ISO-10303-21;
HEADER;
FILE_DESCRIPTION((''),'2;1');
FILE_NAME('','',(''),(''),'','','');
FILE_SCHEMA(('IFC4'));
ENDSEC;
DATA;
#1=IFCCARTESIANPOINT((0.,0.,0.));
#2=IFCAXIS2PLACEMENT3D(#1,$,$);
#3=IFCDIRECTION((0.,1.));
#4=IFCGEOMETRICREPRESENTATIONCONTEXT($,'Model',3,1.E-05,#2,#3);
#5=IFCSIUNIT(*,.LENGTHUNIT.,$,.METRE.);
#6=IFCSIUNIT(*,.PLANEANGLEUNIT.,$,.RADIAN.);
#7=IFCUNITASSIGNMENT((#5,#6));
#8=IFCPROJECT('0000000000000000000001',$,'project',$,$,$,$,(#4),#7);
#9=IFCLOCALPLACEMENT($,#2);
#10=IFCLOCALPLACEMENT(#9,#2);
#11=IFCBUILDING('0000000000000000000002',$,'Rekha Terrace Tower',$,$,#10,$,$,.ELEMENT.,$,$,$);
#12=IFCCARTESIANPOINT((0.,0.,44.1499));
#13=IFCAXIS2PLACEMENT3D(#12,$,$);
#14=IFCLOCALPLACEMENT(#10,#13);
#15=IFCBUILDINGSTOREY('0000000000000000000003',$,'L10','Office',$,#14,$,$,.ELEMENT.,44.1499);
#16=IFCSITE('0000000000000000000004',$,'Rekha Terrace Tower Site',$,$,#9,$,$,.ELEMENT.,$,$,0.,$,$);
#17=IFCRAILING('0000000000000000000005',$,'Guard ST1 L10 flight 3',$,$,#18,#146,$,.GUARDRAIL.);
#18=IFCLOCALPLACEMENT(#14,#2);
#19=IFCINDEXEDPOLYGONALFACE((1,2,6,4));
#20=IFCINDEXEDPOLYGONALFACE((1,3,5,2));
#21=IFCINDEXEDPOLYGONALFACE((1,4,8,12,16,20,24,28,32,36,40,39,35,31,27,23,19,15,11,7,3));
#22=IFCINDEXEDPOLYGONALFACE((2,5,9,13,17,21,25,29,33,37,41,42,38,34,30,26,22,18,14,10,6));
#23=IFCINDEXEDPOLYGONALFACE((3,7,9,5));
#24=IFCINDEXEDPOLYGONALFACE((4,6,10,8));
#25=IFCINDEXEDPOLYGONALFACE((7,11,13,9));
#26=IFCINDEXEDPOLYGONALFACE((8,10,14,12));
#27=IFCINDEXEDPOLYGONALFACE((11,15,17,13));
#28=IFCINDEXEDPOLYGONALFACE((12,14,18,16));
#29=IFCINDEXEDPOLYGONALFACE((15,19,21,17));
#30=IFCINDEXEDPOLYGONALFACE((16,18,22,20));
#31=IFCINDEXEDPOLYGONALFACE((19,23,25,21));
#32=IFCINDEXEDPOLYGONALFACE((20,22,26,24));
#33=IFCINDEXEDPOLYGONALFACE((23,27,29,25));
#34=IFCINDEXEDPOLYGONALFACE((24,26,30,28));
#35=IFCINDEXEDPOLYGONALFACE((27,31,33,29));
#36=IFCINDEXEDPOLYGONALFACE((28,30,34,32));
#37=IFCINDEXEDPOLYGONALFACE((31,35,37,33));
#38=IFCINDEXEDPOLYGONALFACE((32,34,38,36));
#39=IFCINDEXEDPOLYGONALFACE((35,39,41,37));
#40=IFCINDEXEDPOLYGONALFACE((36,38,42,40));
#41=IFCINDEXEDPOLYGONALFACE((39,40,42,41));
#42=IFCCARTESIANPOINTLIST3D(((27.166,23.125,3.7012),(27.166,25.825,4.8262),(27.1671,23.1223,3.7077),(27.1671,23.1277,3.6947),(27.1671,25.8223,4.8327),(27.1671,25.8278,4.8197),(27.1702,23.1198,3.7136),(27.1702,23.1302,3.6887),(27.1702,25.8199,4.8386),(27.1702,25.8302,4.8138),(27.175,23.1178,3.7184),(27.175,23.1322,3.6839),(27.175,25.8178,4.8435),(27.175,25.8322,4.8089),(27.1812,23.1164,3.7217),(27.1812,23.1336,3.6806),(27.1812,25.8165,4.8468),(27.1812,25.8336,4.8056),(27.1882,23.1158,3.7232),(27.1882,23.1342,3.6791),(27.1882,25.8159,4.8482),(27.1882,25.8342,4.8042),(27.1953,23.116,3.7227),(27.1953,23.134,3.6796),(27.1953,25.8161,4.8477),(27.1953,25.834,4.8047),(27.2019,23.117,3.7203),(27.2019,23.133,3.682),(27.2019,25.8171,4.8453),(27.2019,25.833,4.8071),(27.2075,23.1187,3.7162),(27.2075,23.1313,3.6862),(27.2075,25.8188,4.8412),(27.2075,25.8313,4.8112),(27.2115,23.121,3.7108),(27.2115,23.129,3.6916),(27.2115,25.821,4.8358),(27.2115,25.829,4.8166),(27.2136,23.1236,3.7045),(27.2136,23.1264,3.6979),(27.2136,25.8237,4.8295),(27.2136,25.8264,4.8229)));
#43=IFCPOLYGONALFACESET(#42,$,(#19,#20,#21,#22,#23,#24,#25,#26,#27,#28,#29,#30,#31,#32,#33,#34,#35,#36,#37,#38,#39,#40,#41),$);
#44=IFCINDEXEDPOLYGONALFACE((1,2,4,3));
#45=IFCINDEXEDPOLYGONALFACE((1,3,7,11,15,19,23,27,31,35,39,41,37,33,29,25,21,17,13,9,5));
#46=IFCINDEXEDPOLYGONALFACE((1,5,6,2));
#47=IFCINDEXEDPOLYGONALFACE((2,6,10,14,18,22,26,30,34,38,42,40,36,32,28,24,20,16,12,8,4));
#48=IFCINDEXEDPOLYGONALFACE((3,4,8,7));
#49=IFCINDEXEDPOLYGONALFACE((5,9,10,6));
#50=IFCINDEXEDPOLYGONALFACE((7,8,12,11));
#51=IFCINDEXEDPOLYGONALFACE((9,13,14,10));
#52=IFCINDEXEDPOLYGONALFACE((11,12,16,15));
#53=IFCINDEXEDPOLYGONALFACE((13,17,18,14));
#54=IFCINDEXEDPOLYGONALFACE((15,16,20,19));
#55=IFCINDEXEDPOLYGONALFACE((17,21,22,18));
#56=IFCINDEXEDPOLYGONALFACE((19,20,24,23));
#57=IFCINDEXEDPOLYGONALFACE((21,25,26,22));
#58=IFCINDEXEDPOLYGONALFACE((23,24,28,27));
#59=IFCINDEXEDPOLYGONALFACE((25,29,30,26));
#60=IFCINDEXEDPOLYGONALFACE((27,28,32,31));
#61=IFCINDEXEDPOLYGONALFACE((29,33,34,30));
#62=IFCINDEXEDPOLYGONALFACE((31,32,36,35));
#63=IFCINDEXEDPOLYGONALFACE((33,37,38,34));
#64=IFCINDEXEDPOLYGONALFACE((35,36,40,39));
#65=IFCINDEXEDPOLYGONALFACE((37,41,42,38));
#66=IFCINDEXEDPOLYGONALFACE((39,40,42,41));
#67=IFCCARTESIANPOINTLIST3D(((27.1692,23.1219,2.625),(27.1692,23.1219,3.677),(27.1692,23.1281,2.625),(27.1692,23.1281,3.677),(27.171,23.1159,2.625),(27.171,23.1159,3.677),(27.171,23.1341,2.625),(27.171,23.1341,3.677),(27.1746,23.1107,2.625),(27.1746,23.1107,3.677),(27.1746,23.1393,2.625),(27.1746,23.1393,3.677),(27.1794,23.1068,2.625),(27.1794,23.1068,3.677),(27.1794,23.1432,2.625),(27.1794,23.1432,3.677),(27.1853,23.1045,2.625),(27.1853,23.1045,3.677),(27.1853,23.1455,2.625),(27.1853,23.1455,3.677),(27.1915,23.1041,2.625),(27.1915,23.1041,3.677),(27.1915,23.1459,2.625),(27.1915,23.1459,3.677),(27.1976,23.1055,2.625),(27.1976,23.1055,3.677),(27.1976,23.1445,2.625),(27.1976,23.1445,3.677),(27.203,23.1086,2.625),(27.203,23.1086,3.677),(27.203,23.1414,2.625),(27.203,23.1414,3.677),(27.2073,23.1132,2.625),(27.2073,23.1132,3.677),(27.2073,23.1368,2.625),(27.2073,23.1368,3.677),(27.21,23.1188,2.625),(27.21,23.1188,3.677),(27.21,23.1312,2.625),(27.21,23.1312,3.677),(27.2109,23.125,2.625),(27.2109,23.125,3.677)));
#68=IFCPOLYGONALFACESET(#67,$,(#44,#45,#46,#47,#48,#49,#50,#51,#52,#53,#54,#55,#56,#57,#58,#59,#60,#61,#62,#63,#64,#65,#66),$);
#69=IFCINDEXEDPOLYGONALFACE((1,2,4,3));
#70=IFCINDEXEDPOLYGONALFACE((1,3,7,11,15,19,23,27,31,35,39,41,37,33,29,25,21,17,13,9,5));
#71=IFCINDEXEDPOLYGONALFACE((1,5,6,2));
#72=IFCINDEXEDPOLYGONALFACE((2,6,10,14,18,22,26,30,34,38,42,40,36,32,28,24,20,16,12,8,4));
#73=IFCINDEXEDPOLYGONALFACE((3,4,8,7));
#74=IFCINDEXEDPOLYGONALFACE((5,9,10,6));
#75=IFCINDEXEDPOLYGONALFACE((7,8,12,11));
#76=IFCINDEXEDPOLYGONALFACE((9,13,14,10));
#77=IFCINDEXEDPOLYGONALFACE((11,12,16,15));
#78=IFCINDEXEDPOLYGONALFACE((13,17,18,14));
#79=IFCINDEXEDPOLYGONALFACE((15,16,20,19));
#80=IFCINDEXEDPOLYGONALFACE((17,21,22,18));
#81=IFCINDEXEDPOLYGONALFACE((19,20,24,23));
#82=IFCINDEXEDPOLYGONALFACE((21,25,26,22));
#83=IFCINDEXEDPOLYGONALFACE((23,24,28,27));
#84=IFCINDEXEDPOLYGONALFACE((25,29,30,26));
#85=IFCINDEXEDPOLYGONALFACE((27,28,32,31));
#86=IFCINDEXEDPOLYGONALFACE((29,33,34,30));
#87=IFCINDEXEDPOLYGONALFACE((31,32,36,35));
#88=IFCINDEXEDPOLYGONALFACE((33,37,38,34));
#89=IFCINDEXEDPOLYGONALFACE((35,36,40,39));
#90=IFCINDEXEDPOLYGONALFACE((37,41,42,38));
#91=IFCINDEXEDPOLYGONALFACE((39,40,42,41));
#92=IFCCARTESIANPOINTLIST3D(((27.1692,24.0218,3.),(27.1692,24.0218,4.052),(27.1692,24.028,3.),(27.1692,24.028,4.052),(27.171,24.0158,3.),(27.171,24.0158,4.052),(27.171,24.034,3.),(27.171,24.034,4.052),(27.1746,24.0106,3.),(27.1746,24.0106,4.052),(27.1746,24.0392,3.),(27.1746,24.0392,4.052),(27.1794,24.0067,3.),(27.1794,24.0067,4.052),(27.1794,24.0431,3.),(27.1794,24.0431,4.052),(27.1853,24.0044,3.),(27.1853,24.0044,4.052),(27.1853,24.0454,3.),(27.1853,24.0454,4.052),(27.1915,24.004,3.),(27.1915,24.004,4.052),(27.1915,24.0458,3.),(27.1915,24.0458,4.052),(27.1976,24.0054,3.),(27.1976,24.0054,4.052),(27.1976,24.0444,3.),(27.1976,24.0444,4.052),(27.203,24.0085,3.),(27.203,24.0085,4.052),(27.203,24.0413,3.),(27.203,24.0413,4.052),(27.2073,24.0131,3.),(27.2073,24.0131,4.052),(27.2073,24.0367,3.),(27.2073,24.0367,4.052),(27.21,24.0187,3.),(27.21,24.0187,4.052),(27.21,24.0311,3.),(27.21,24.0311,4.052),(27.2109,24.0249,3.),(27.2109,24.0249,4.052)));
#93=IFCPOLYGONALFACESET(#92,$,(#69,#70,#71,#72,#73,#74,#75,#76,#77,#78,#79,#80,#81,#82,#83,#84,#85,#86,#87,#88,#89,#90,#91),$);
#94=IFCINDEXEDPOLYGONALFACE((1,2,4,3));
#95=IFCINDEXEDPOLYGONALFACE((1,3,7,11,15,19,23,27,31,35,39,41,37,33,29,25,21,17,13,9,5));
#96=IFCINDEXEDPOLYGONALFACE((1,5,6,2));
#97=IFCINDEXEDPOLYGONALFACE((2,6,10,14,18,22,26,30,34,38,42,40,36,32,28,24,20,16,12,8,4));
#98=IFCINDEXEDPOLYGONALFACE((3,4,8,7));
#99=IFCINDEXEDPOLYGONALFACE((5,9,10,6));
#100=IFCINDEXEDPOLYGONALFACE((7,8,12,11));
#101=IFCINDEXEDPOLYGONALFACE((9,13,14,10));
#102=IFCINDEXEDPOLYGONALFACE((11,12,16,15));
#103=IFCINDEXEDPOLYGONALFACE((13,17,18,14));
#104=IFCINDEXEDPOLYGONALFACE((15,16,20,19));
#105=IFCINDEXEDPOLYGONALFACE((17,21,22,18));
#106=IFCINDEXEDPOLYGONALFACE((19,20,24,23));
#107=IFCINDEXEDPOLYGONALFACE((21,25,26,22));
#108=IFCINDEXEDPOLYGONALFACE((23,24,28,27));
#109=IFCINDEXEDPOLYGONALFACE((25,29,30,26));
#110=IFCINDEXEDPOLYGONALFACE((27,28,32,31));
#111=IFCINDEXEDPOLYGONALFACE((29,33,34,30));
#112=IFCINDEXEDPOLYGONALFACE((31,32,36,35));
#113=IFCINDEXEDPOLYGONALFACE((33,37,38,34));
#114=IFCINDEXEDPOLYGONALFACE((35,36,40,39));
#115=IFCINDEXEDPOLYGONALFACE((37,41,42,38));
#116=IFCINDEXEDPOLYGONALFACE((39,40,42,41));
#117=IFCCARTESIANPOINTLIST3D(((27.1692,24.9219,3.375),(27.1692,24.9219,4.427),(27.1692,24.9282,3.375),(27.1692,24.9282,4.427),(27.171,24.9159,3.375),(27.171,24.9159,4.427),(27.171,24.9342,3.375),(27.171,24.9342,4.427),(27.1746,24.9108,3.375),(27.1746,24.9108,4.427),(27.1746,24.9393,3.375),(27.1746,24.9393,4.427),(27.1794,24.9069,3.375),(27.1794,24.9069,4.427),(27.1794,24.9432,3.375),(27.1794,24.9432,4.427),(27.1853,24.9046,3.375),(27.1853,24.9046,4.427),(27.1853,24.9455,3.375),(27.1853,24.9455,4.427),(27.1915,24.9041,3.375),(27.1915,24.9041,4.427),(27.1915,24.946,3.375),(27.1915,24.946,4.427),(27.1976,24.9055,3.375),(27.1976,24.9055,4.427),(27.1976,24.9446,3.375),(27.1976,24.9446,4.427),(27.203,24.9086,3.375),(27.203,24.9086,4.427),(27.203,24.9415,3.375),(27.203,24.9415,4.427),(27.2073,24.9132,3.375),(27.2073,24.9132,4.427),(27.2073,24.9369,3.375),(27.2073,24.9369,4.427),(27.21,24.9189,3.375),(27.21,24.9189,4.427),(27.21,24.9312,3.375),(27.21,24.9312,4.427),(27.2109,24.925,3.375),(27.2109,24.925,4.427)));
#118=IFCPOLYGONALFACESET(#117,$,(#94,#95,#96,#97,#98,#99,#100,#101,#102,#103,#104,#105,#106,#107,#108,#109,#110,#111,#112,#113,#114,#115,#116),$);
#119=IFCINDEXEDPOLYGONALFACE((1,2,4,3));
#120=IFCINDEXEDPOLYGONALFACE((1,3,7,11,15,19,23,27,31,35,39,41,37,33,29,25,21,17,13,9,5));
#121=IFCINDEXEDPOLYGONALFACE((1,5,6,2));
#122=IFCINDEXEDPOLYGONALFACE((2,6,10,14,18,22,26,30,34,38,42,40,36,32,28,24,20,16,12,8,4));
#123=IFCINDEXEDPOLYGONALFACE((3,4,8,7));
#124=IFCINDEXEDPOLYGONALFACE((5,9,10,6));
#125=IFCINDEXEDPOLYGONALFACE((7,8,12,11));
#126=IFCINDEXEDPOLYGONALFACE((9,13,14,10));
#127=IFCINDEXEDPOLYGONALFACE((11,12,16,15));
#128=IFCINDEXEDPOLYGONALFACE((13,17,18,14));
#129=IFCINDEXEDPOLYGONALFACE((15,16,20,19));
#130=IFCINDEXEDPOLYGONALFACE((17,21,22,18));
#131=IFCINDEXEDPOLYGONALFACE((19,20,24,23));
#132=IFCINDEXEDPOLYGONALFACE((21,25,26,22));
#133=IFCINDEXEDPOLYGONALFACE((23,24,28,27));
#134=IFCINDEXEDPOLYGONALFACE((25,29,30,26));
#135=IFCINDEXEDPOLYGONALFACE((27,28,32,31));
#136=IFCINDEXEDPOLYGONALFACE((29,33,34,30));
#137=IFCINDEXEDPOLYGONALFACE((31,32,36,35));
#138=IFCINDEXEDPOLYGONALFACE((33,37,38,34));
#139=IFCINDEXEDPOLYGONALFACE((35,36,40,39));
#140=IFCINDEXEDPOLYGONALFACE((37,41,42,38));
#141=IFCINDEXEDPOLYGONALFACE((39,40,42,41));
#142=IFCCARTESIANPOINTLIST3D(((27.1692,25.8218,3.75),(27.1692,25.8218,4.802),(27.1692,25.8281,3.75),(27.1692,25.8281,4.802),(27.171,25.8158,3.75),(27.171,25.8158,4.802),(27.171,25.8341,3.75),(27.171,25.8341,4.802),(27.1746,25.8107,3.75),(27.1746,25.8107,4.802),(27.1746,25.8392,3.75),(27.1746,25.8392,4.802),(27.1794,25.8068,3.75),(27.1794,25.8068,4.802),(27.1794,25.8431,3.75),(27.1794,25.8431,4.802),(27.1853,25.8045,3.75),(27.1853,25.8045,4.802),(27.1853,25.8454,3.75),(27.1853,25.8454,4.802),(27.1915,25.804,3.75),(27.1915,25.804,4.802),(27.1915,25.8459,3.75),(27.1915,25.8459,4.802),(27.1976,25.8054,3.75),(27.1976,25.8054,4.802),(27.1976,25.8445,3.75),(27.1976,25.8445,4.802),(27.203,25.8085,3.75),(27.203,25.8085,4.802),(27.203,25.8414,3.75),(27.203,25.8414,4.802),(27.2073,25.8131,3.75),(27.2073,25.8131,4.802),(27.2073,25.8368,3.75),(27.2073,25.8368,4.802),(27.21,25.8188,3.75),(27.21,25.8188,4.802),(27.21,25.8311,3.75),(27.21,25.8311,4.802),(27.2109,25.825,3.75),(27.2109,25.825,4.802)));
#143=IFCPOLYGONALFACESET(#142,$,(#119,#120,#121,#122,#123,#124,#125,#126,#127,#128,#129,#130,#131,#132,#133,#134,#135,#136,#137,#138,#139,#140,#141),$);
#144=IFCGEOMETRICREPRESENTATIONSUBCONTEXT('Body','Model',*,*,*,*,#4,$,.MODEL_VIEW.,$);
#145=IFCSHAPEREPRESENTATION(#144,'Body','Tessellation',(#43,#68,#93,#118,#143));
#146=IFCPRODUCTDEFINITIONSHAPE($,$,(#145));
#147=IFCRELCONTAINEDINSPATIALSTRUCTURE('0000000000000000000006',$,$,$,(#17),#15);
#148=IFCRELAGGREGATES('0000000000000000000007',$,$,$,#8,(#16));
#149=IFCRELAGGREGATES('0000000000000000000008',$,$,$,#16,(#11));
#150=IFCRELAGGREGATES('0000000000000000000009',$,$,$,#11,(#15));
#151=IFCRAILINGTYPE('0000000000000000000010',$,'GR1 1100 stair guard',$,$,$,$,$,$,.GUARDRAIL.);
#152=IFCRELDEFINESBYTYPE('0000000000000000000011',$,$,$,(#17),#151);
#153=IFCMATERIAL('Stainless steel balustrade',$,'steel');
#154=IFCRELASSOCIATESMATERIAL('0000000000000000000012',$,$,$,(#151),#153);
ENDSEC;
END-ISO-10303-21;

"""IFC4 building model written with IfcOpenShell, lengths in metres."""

from ifc_helpers import new_model, si_unit, direction, frame, origin, origin_2d, place, context, subcontext, project, spatial, circle, extrude, material, type_object, element, save


model = new_model("IFC4")

# Units and contexts
model_context = context("Model", 3, precision=1e-05, world=origin(), true_north=direction((0.0, 1.0)))
body_context = subcontext(model_context, "Body", "Model", "MODEL_VIEW")
ifc_project = project(units=[si_unit("LENGTHUNIT", "METRE"), si_unit("PLANEANGLEUNIT", "RADIAN")], contexts=[model_context])

# Site, building, storey
site_placement = place(None, origin())
site = spatial("IfcSite", under=ifc_project, at=site_placement, Name="Rekha Terrace Tower Site", CompositionType="ELEMENT", RefElevation=0.0)
building_placement = place(site_placement, origin())
building = spatial("IfcBuilding", under=site, at=building_placement, Name="Rekha Terrace Tower", CompositionType="ELEMENT")
storey_placement = place(building_placement, frame((0.0, 0.0, 44.1499)))
storey = spatial("IfcBuildingStorey", under=building, at=storey_placement, Name="L10", Description="Office", CompositionType="ELEMENT", Elevation=44.1499)

# Railing
ifc_material_1 = material(Name="Stainless steel balustrade", Category="steel")
railing_type_1 = type_object("IfcRailingType", Name="GR1 1100 stair guard", PredefinedType="GUARDRAIL", material=ifc_material_1)
railing_1_placement = place(storey_placement, frame((27.1899, 23.125, 2.625)))
element("IfcRailing", 1, at=railing_1_placement, inside=storey, type_object=railing_type_1, Name="Guard ST1 L10 flight 3", PredefinedType="GUARDRAIL", context=body_context, shape_type="SweptSolid", body=[
    extrude(circle(Radius=0.0239, at=origin_2d()), frame((0.0, 0.0, 1.0762), z_axis=(0.0, 0.923074, 0.384621), x_axis=(-1.0, 0.0, 0.0)), (0.0, 0.0, 1.0), 2.925),
    extrude(circle(Radius=0.021, at=origin_2d()), origin(), (0.0, 0.0, 1.0), 1.052),
    extrude(circle(Radius=0.021, at=origin_2d()), frame((0.0, 0.8999, 0.375)), (0.0, 0.0, 1.0), 1.052),
    extrude(circle(Radius=0.021, at=origin_2d()), frame((0.0, 1.8, 0.75)), (0.0, 0.0, 1.0), 1.052),
    extrude(circle(Radius=0.021, at=origin_2d()), frame((0.0, 2.7, 1.125)), (0.0, 0.0, 1.0), 1.052),
])

save(model, "model.ifc")
